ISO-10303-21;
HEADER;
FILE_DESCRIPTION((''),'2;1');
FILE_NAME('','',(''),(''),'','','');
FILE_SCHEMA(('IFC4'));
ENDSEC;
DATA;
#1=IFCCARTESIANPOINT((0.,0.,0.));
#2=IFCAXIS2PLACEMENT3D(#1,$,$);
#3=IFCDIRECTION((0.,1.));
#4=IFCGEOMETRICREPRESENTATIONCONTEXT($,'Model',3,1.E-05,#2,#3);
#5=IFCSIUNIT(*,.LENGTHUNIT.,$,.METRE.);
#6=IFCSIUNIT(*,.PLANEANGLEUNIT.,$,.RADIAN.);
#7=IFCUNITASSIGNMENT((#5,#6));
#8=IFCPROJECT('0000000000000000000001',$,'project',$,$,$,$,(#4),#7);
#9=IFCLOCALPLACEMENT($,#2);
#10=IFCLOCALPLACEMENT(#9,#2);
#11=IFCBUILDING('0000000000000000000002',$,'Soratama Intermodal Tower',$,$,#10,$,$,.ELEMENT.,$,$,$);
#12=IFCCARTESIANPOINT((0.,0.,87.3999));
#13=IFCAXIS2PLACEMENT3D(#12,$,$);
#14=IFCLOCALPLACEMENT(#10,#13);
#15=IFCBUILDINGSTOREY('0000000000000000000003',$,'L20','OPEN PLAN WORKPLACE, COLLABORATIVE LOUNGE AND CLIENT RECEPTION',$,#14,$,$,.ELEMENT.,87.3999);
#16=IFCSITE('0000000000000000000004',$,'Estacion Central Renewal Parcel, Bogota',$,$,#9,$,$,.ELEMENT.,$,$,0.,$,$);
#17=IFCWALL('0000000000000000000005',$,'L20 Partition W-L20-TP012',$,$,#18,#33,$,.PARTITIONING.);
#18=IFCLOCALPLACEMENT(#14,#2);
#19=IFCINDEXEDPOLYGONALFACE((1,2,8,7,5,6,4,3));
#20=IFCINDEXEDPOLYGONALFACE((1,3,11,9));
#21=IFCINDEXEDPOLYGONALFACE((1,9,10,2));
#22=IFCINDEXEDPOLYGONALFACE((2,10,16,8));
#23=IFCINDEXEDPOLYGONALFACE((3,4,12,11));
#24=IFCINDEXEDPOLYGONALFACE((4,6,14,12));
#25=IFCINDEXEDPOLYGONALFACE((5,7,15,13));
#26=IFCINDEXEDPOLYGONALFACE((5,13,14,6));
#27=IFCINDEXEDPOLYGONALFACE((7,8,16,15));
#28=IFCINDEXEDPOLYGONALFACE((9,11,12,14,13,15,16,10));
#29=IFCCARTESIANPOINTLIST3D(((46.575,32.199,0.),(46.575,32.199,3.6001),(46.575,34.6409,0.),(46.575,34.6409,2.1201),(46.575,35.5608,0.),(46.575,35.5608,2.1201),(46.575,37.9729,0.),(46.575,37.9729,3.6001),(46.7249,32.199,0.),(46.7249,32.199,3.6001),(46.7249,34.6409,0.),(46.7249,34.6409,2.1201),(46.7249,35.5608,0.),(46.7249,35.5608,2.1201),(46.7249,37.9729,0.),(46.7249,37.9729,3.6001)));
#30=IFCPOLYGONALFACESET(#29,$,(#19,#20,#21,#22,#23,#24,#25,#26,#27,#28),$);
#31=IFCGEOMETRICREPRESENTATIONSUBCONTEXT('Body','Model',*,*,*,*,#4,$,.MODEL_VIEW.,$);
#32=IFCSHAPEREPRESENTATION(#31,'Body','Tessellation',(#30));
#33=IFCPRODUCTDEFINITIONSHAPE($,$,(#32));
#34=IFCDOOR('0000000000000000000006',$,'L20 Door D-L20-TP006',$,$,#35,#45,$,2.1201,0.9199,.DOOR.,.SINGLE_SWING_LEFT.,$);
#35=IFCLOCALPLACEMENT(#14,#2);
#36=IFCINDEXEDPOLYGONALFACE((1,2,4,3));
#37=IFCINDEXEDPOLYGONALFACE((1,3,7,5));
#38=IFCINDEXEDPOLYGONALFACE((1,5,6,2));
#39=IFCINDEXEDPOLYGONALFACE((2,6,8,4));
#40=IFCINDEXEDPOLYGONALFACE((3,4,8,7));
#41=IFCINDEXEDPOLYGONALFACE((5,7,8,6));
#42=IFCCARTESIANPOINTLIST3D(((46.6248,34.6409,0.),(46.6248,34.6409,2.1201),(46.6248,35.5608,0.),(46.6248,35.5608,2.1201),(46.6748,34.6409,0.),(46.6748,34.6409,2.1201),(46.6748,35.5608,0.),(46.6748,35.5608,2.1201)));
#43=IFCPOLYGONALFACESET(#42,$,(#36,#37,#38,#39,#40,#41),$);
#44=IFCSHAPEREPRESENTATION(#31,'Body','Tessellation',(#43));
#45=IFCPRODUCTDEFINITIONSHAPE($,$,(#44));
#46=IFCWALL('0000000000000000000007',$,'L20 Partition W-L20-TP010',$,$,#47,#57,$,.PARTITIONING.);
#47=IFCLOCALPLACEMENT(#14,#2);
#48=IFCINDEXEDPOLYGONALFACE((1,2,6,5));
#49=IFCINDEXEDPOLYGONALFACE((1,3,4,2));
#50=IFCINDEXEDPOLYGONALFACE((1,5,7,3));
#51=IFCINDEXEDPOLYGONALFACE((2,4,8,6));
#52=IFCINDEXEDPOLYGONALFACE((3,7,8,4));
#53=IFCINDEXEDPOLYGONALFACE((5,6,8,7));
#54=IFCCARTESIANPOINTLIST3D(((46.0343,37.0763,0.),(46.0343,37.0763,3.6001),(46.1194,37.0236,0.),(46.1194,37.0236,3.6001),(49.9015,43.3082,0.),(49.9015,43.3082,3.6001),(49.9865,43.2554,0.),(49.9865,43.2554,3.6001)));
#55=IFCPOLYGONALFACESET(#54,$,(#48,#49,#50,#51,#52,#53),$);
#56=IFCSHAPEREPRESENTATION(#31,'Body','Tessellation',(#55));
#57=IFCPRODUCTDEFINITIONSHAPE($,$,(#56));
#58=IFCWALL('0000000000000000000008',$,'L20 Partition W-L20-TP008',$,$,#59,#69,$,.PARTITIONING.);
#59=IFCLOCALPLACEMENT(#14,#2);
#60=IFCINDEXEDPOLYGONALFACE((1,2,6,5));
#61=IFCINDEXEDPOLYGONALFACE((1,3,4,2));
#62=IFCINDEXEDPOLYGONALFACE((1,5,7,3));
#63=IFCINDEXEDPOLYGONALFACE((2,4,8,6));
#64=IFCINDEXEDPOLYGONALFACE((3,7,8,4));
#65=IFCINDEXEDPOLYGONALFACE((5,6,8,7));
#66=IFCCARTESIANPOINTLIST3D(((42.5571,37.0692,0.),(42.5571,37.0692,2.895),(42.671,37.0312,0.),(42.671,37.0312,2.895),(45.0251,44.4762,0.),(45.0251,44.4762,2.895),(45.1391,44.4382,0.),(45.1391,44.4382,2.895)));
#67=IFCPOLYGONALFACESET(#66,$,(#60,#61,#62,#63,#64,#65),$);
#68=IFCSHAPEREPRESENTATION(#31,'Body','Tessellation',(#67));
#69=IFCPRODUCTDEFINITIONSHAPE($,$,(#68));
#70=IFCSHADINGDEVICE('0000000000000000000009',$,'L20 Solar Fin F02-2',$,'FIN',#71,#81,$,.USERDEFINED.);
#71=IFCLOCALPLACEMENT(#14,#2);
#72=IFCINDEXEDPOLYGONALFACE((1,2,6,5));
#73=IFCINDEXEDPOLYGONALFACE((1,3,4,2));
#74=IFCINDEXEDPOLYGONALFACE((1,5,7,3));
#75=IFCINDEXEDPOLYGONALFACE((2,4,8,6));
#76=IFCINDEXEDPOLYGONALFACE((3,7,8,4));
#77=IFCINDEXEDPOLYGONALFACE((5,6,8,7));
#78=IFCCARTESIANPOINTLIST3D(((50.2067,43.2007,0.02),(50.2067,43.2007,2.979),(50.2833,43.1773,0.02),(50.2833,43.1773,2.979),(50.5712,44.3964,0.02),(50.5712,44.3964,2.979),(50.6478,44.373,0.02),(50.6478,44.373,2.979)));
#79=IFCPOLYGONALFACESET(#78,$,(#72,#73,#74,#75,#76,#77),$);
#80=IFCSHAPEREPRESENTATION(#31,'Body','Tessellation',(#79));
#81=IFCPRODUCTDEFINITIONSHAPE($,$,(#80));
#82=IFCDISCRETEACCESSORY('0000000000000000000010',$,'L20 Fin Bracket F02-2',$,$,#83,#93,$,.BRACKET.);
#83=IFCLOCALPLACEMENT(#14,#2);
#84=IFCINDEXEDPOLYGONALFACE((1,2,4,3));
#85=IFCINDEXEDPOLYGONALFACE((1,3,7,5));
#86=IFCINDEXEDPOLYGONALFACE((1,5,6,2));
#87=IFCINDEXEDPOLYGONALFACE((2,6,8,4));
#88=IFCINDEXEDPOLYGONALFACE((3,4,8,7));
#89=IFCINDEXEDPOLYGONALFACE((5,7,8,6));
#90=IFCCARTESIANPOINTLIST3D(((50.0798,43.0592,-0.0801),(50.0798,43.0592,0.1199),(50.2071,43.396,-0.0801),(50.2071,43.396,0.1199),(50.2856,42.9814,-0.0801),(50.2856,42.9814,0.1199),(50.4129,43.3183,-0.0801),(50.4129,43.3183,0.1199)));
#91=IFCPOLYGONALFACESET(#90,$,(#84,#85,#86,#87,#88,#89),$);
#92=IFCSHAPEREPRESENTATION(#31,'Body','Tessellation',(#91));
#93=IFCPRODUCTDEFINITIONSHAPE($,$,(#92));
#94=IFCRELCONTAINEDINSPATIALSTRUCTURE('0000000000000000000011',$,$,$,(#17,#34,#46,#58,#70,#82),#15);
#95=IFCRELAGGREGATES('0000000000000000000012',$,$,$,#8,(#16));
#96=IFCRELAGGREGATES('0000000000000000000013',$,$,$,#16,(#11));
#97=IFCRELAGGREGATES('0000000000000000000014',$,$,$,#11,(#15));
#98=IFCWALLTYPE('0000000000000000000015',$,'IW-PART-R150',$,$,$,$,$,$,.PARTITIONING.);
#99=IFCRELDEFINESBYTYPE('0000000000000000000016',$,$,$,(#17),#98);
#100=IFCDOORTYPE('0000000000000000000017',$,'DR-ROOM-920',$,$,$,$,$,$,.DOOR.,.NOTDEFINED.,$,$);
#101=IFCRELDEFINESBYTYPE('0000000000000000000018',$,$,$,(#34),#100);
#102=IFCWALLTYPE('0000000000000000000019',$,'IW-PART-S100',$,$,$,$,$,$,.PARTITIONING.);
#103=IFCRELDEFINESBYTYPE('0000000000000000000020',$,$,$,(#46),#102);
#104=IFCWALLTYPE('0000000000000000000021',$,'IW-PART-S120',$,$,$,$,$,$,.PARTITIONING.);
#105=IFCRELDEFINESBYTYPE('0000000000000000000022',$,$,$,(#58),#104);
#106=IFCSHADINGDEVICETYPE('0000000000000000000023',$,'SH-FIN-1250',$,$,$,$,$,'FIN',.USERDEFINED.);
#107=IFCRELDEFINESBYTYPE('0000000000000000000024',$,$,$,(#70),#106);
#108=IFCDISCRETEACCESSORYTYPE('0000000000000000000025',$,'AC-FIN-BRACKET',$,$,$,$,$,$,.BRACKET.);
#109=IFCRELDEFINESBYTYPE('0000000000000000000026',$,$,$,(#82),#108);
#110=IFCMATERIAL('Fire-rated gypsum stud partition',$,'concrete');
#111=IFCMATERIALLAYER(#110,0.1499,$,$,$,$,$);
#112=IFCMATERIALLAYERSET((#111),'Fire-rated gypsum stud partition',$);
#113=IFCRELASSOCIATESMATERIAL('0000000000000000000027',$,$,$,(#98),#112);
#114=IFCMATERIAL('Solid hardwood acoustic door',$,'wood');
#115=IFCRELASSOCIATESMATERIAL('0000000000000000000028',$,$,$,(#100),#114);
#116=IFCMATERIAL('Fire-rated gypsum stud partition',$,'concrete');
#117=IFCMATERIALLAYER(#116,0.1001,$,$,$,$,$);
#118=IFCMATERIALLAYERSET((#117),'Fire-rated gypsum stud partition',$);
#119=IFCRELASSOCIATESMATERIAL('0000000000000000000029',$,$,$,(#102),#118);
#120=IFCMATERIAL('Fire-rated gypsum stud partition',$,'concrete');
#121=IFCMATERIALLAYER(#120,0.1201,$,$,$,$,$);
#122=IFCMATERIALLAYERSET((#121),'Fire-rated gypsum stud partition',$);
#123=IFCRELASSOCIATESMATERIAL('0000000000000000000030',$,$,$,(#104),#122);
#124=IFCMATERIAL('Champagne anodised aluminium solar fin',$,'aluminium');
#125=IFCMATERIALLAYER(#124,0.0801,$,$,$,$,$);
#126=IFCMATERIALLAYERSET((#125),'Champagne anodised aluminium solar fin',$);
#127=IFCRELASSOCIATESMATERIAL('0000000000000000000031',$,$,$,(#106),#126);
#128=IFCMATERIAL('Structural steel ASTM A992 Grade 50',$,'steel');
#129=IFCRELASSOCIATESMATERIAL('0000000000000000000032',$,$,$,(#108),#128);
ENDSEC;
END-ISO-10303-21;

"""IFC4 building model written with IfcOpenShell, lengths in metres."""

from ifc_helpers import new_model, si_unit, direction, frame, frame_2d, origin, origin_2d, place, context, subcontext, project, spatial, rectangle, extrude, material, layer, layer_set, type_object, element, fill, save


model = new_model("IFC4")

# Units and contexts
model_context = context("Model", 3, precision=1e-05, world=origin(), true_north=direction((0.0, 1.0)))
body_context = subcontext(model_context, "Body", "Model", "MODEL_VIEW")
ifc_project = project(units=[si_unit("LENGTHUNIT", "METRE"), si_unit("PLANEANGLEUNIT", "RADIAN")], contexts=[model_context])

# Site, building, storey
site_placement = place(None, origin())
site = spatial("IfcSite", under=ifc_project, at=site_placement, Name="Estacion Central Renewal Parcel, Bogota", CompositionType="ELEMENT", RefElevation=0.0)
building_placement = place(site_placement, origin())
building = spatial("IfcBuilding", under=site, at=building_placement, Name="Soratama Intermodal Tower", CompositionType="ELEMENT")
storey_placement = place(building_placement, frame((0.0, 0.0, 87.3999)))
storey = spatial("IfcBuildingStorey", under=building, at=storey_placement, Name="L20", Description="OPEN PLAN WORKPLACE, COLLABORATIVE LOUNGE AND CLIENT RECEPTION", CompositionType="ELEMENT", Elevation=87.3999)

# Wall, opening, door
ifc_material_1 = material(Name="Fire-rated gypsum stud partition", Category="concrete")
ifc_layer_1 = layer(ifc_material_1, 0.1499)
ifc_layer_set_1 = layer_set([ifc_layer_1], Name="Fire-rated gypsum stud partition")
wall_type_1 = type_object("IfcWallType", Name="IW-PART-R150", PredefinedType="PARTITIONING", material=ifc_layer_set_1)
wall_1_placement = place(storey_placement, frame((46.6499, 37.9729, 0.0), z_axis=(0.0, 0.0, 1.0), x_axis=(0.0, -1.0, 0.0)))
wall_1 = element("IfcWall", 1, at=wall_1_placement, inside=storey, type_object=wall_type_1, Name="L20 Partition W-L20-TP012", PredefinedType="PARTITIONING", context=body_context, shape_type="SweptSolid", body=[
    extrude(rectangle(XDim=5.7739, YDim=0.1499, at=frame_2d((2.887, 0.0))), origin(), (0.0, 0.0, 1.0), 3.6001),
])
opening_1_placement = place(wall_1_placement, frame((2.4121, 0.0, 0.0)))
opening_1 = element("IfcOpeningElement", 2, at=opening_1_placement, cuts=wall_1, PredefinedType="OPENING", context=body_context, shape_type="SweptSolid", body=[
    extrude(rectangle(XDim=0.9199, YDim=2.1201, at=frame_2d((0.46, 1.0601))), frame((0.0, 0.085, 0.0), z_axis=(0.0, -1.0, 0.0), x_axis=(1.0, 0.0, 0.0)), (0.0, 0.0, 1.0), 0.1699),
])
ifc_material_2 = material(Name="Solid hardwood acoustic door", Category="wood")
door_type_1 = type_object("IfcDoorType", Name="DR-ROOM-920", OperationType="NOTDEFINED", PredefinedType="DOOR", material=ifc_material_2)
door_1_placement = place(opening_1_placement, origin())
door_1 = element("IfcDoor", 3, at=door_1_placement, inside=storey, type_object=door_type_1, Name="L20 Door D-L20-TP006", OperationType="SINGLE_SWING_LEFT", OverallHeight=2.1201, OverallWidth=0.9199, PredefinedType="DOOR", context=body_context, shape_type="SweptSolid", body=[
    extrude(rectangle(XDim=0.9199, YDim=2.1201, at=frame_2d((0.46, 1.0601))), frame((0.0, 0.0249, 0.0), z_axis=(0.0, -1.0, 0.0), x_axis=(1.0, 0.0, 0.0)), (0.0, 0.0, 1.0), 0.05),
])
fill(opening_1, door_1)

# Walls
ifc_material_3 = material(Name="Fire-rated gypsum stud partition", Category="concrete")
ifc_layer_2 = layer(ifc_material_3, 0.1001)
ifc_layer_set_2 = layer_set([ifc_layer_2], Name="Fire-rated gypsum stud partition")
wall_type_2 = type_object("IfcWallType", Name="IW-PART-S100", PredefinedType="PARTITIONING", material=ifc_layer_set_2)
wall_2_placement = place(storey_placement, frame((46.0769, 37.05, 0.0), z_axis=(0.0, 0.0, 1.0), x_axis=(0.527273, 0.849696, 0.0)))
element("IfcWall", 4, at=wall_2_placement, inside=storey, type_object=wall_type_2, Name="L20 Partition W-L20-TP010", PredefinedType="PARTITIONING", context=body_context, shape_type="SweptSolid", body=[
    extrude(rectangle(XDim=7.3342, YDim=0.1001, at=frame_2d((3.667, 0.0))), origin(), (0.0, 0.0, 1.0), 3.6001),
])
ifc_material_4 = material(Name="Fire-rated gypsum stud partition", Category="concrete")
ifc_layer_3 = layer(ifc_material_4, 0.1201)
ifc_layer_set_3 = layer_set([ifc_layer_3], Name="Fire-rated gypsum stud partition")
wall_type_3 = type_object("IfcWallType", Name="IW-PART-S120", PredefinedType="PARTITIONING", material=ifc_layer_set_3)
wall_3_placement = place(storey_placement, frame((42.614, 37.05, 0.0), z_axis=(0.0, 0.0, 1.0), x_axis=(0.316115, 0.948721, 0.0)))
element("IfcWall", 5, at=wall_3_placement, inside=storey, type_object=wall_type_3, Name="L20 Partition W-L20-TP008", PredefinedType="PARTITIONING", context=body_context, shape_type="SweptSolid", body=[
    extrude(rectangle(XDim=7.8074, YDim=0.1201, at=frame_2d((3.9038, 0.0))), origin(), (0.0, 0.0, 1.0), 2.895),
])

# Shading device
ifc_material_5 = material(Name="Champagne anodised aluminium solar fin", Category="aluminium")
ifc_layer_4 = layer(ifc_material_5, 0.0801)
ifc_layer_set_4 = layer_set([ifc_layer_4], Name="Champagne anodised aluminium solar fin")
shading_device_type = type_object("IfcShadingDeviceType", Name="SH-FIN-1250", ElementType="FIN", PredefinedType="USERDEFINED", material=ifc_layer_set_4)
shading_device_placement = place(storey_placement, frame((50.4272, 43.7869, 0.02), z_axis=(0.0, 0.0, 1.0), x_axis=(0.291537, 0.95656, 0.0)))
element("IfcShadingDevice", 6, at=shading_device_placement, inside=storey, type_object=shading_device_type, Name="L20 Solar Fin F02-2", ObjectType="FIN", PredefinedType="USERDEFINED", context=body_context, shape_type="SweptSolid", body=[
    extrude(rectangle(XDim=1.25, YDim=0.0801, at=origin_2d()), origin(), (0.0, 0.0, 1.0), 2.959),
])

# Discrete accessory
ifc_material_6 = material(Name="Structural steel ASTM A992 Grade 50", Category="steel")
discrete_accessory_type = type_object("IfcDiscreteAccessoryType", Name="AC-FIN-BRACKET", PredefinedType="BRACKET", material=ifc_material_6)
discrete_accessory_placement = place(storey_placement, frame((50.2463, 43.1887, -0.0801), z_axis=(0.0, 0.0, 1.0), x_axis=(0.353475, 0.935444, 0.0)))
element("IfcDiscreteAccessory", 7, at=discrete_accessory_placement, inside=storey, type_object=discrete_accessory_type, Name="L20 Fin Bracket F02-2", PredefinedType="BRACKET", context=body_context, shape_type="SweptSolid", body=[
    extrude(rectangle(XDim=0.3601, YDim=0.22, at=origin_2d()), origin(), (0.0, 0.0, 1.0), 0.2),
])

save(model, "model.ifc")
